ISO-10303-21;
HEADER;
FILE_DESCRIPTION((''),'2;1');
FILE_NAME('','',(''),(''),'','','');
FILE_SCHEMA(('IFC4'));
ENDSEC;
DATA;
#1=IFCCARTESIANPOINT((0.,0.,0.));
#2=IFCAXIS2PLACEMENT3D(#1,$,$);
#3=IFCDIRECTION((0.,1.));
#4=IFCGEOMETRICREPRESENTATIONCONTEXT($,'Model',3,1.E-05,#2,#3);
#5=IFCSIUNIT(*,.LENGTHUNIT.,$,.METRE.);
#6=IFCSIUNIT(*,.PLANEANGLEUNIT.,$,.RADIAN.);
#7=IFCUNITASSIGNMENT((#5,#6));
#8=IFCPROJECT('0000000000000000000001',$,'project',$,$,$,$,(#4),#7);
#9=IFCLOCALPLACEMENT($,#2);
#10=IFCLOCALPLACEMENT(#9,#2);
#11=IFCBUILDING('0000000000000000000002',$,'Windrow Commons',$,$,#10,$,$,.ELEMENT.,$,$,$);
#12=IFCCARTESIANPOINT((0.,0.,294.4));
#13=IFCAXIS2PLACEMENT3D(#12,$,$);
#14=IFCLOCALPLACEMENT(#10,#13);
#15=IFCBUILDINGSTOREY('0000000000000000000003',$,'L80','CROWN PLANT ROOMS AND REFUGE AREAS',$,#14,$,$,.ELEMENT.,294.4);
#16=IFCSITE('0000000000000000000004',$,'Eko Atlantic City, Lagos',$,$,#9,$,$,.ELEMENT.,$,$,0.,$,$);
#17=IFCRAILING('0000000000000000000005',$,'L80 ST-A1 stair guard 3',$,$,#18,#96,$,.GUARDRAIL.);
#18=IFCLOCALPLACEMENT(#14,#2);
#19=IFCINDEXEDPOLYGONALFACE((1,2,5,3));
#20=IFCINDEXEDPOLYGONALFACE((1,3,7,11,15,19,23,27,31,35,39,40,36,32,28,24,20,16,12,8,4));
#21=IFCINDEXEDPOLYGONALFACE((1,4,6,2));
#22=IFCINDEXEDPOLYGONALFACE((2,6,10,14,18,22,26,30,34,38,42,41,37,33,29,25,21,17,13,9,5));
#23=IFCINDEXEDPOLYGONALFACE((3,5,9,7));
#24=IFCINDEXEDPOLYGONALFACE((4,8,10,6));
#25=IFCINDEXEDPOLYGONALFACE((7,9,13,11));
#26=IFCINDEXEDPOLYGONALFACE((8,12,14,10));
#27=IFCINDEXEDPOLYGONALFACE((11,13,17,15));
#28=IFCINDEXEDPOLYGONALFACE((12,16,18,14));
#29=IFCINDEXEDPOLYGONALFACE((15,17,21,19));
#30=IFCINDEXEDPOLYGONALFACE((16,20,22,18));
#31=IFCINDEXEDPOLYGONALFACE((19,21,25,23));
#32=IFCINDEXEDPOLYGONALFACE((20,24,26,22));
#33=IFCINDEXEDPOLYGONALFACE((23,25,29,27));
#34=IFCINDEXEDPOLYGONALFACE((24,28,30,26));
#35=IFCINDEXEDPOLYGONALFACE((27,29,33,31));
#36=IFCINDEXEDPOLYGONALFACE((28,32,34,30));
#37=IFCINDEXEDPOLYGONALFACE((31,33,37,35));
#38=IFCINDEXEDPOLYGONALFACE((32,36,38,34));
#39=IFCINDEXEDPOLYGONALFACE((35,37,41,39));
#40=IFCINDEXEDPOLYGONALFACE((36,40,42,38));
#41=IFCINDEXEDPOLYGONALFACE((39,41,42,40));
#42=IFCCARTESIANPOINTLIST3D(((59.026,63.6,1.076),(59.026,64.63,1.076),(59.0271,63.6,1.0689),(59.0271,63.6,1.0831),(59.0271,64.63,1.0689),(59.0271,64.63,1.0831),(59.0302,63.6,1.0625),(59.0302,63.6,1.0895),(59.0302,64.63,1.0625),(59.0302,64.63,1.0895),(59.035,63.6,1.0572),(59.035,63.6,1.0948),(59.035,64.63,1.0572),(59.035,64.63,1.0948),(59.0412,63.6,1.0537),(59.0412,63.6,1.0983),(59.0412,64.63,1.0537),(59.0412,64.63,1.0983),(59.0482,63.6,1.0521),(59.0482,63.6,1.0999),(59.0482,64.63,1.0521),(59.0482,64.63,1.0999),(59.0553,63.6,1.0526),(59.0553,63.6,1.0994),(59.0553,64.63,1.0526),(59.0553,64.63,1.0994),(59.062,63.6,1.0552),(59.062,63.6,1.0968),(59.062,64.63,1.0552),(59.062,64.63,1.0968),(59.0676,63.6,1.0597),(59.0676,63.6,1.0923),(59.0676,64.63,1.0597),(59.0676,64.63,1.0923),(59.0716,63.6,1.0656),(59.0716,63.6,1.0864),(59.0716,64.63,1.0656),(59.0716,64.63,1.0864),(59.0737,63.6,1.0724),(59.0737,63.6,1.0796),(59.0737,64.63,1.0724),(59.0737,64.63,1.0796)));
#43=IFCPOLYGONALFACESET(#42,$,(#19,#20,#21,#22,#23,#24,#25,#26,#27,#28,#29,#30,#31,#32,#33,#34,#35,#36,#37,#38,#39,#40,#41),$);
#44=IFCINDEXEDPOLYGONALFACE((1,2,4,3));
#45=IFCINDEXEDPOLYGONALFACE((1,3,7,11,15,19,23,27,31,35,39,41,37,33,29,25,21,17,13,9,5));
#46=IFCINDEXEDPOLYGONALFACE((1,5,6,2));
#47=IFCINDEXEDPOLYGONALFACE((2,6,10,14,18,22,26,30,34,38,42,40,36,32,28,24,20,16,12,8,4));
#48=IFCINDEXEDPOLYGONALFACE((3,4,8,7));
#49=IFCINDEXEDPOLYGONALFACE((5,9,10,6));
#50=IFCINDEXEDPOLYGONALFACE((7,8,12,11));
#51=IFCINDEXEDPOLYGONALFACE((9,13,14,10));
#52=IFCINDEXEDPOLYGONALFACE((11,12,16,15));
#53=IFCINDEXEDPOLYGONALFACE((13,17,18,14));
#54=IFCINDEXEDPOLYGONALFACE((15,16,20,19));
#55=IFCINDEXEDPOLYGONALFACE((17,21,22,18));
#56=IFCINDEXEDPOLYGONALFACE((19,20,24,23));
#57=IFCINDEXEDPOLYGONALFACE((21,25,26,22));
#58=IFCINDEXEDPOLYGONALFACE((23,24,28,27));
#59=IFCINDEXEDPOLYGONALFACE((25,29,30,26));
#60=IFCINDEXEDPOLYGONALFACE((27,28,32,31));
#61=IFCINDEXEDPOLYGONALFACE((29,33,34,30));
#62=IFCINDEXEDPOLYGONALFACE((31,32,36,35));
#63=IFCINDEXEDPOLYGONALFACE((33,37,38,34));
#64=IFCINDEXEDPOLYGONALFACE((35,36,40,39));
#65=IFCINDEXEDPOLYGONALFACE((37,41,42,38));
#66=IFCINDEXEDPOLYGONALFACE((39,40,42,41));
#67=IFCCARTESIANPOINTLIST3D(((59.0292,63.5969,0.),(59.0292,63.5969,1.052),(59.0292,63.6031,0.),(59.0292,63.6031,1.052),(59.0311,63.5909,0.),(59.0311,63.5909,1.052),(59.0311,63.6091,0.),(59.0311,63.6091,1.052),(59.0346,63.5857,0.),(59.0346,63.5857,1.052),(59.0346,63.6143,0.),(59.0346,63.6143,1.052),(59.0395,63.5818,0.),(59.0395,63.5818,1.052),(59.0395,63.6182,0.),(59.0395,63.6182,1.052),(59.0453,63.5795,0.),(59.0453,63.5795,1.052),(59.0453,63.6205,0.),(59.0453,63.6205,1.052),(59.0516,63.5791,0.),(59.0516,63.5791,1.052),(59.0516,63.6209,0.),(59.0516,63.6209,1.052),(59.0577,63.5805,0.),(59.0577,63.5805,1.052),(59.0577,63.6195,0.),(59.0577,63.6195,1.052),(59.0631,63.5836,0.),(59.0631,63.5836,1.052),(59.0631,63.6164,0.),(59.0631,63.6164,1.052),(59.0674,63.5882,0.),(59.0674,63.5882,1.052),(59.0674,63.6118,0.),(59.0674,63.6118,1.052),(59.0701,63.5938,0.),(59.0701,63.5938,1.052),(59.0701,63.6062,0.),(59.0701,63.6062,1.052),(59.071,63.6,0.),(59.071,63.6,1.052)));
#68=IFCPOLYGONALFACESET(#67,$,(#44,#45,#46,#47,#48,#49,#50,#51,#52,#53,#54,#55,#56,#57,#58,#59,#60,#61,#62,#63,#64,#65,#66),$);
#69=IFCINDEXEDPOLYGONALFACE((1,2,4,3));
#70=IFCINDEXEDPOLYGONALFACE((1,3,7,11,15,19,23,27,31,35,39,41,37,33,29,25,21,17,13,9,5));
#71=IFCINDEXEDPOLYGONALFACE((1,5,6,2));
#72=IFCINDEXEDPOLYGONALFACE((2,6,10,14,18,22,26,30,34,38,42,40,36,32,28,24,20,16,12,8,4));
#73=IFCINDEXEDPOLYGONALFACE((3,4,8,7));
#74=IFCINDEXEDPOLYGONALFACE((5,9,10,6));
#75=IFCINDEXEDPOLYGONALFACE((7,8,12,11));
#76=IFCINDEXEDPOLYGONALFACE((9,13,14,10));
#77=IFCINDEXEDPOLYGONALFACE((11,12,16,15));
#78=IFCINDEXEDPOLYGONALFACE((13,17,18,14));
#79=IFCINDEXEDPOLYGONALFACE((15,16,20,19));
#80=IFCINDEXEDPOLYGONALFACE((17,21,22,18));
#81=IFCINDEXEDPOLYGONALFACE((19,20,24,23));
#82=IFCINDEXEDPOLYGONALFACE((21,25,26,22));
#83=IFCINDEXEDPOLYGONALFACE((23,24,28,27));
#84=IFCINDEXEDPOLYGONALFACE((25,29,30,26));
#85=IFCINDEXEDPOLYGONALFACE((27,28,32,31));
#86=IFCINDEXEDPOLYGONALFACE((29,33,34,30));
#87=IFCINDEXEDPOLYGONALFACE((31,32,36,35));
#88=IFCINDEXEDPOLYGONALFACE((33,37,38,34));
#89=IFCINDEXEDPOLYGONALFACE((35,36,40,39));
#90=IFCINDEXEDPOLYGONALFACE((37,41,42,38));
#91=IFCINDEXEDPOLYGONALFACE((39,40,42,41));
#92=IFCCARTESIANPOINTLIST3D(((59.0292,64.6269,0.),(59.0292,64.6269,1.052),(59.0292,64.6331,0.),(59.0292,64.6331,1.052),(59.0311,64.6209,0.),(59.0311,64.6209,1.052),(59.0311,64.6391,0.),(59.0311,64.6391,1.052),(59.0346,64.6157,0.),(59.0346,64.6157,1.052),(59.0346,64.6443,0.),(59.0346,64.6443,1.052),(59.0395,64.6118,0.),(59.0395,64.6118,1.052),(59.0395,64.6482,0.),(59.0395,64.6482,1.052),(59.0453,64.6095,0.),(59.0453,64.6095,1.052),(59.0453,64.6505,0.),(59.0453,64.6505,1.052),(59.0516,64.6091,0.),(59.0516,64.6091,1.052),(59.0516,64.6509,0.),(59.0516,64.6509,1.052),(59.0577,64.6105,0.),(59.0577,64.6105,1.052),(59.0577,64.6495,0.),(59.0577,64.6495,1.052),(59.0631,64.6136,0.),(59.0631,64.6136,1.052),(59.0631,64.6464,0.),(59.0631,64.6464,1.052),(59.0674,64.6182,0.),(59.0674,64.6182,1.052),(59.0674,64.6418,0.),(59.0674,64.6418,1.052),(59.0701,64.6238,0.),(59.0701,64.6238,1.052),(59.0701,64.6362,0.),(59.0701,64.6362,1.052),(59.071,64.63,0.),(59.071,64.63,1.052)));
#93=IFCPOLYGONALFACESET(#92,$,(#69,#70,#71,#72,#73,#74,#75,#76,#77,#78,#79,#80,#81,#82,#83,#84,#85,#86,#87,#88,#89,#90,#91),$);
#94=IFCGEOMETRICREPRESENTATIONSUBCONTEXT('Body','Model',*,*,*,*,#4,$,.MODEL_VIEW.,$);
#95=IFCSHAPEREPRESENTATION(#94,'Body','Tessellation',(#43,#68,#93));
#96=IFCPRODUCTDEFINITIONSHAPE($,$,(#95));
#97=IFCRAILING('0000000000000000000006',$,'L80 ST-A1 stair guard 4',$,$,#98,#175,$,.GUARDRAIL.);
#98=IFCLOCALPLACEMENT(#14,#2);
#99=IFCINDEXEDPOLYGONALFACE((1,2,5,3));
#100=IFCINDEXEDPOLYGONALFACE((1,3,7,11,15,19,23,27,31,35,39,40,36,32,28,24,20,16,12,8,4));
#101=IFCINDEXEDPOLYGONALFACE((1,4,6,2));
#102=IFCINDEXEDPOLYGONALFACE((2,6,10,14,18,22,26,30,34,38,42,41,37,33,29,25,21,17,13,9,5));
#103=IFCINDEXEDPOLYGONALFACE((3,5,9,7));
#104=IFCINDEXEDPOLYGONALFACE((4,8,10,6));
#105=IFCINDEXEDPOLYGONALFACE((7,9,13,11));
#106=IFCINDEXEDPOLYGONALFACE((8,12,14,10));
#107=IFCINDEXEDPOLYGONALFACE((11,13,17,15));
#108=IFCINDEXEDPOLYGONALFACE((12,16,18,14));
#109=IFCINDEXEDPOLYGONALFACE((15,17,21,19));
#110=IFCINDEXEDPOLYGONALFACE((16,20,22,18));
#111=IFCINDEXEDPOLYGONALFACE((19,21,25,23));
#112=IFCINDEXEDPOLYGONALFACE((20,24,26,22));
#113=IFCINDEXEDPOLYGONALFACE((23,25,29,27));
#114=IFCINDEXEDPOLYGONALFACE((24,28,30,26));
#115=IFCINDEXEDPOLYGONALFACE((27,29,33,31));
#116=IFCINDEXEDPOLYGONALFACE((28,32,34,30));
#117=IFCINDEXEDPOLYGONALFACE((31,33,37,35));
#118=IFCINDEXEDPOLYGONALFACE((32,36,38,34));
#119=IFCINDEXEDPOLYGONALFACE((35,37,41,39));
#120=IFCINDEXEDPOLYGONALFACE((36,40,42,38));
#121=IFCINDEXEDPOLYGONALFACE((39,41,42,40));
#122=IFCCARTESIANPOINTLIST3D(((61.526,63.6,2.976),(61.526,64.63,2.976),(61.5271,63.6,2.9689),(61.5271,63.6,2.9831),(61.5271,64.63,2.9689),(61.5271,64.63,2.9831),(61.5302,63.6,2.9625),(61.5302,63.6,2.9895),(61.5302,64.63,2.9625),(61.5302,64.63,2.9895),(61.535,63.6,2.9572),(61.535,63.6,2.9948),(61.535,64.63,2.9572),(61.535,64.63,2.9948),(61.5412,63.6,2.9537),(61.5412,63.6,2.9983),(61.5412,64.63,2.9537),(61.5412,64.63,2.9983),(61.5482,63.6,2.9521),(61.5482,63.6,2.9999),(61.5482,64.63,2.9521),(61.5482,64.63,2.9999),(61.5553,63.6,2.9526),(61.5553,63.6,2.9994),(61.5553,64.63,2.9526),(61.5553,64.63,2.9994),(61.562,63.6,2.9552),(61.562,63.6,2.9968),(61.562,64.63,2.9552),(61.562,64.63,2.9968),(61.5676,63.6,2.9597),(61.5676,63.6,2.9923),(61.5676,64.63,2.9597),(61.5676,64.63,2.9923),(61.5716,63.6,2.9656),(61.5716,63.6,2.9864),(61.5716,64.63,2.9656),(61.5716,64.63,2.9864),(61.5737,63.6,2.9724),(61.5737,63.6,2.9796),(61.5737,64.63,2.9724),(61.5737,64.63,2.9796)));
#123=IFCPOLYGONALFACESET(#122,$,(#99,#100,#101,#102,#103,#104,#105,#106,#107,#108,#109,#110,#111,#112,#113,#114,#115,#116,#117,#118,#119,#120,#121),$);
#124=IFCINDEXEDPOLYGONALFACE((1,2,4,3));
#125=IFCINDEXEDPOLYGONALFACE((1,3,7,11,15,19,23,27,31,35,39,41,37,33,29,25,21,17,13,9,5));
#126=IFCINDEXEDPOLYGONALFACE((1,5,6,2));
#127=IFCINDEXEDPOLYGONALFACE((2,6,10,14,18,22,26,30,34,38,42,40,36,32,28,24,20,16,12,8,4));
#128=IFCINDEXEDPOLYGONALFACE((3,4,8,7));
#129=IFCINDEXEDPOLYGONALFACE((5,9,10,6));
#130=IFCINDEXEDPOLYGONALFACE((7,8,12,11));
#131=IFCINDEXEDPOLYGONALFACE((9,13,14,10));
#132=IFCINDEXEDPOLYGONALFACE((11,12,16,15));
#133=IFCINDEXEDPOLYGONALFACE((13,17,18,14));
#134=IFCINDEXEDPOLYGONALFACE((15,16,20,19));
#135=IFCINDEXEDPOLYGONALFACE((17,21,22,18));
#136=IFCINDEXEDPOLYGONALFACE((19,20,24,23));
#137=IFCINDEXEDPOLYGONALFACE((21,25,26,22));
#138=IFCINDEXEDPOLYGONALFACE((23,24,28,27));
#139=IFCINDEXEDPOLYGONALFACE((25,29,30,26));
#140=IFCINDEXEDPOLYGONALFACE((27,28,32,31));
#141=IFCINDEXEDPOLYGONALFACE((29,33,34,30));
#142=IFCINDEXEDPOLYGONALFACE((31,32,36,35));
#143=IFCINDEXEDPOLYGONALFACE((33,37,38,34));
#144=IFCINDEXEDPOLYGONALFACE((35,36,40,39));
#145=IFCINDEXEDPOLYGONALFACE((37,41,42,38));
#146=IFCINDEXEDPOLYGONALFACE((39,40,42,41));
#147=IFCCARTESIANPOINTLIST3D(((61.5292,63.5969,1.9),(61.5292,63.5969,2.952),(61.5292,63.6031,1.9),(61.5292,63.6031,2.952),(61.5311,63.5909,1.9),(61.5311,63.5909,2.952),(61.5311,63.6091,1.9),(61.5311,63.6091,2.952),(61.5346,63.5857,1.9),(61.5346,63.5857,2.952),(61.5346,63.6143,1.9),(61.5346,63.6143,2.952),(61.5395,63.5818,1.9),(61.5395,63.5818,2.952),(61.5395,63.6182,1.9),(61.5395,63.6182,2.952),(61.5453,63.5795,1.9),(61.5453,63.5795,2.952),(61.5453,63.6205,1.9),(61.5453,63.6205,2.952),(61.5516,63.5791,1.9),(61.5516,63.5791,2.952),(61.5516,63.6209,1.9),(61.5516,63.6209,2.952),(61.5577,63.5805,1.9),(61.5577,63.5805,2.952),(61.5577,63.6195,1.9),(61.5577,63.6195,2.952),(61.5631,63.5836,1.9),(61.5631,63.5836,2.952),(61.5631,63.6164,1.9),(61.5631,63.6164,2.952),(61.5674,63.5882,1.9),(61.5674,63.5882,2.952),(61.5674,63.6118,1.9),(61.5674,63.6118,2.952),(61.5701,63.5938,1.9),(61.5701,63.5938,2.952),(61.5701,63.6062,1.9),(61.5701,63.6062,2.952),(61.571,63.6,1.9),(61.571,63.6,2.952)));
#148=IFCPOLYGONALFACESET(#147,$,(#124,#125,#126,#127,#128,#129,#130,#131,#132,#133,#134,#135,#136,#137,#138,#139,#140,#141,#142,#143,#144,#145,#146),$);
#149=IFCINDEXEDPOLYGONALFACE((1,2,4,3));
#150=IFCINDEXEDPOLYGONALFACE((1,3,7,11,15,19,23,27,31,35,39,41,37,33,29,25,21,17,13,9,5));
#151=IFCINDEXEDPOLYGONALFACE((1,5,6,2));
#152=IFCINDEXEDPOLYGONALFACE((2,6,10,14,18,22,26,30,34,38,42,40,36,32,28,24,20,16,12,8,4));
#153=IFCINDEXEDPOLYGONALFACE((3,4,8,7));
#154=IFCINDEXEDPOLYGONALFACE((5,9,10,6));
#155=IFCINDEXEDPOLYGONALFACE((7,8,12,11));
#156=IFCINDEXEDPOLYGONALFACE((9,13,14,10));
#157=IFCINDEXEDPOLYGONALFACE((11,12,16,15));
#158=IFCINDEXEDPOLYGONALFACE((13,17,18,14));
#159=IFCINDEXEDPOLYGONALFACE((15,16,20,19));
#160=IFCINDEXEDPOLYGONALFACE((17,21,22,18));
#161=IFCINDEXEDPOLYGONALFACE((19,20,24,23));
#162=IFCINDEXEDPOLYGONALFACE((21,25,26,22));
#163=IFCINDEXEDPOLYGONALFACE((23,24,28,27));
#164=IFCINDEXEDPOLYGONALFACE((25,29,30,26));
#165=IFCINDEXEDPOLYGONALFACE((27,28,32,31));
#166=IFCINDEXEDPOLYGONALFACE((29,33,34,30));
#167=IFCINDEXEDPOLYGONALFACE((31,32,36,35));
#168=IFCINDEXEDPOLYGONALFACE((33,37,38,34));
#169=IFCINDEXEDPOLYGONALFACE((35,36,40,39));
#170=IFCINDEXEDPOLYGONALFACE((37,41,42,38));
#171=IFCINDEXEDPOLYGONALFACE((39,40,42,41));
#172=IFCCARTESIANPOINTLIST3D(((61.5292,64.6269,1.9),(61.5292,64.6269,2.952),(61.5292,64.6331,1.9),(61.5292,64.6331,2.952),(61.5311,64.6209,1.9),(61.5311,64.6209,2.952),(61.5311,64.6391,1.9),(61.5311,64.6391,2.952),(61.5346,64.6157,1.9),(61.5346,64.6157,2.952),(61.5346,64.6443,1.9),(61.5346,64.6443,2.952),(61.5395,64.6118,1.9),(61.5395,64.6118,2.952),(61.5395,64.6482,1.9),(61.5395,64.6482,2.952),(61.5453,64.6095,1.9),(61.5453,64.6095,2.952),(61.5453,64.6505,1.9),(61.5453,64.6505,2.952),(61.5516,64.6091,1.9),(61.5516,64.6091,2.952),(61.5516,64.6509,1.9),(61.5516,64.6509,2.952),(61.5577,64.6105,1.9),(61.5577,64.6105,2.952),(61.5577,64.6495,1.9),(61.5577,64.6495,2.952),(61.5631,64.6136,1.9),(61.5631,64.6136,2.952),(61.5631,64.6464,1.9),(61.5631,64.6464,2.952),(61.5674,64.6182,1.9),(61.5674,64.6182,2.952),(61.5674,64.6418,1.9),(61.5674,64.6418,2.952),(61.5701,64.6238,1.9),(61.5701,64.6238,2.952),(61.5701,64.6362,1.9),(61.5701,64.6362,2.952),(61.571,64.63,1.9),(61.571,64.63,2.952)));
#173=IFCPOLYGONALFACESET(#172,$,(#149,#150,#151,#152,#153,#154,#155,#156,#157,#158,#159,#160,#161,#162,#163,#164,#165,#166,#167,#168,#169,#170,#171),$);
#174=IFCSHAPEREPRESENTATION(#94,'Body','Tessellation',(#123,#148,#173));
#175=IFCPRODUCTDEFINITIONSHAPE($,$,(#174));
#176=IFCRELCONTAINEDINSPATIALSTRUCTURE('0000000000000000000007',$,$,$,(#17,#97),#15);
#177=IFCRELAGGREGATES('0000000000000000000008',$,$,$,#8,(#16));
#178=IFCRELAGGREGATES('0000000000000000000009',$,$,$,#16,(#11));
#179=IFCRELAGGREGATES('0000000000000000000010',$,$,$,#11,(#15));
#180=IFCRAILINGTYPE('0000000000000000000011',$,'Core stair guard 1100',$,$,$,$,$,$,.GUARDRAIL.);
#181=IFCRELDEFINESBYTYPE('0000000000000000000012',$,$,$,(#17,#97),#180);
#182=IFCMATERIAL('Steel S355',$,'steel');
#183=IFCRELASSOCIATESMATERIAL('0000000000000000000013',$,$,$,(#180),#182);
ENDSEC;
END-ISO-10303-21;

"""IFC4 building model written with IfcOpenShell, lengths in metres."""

from ifc_helpers import new_model, si_unit, direction, frame, origin, origin_2d, place, context, subcontext, project, spatial, circle, extrude, material, type_object, element, save


model = new_model("IFC4")

# Units and contexts
model_context = context("Model", 3, precision=1e-05, world=origin(), true_north=direction((0.0, 1.0)))
body_context = subcontext(model_context, "Body", "Model", "MODEL_VIEW")
ifc_project = project(units=[si_unit("LENGTHUNIT", "METRE"), si_unit("PLANEANGLEUNIT", "RADIAN")], contexts=[model_context])

# Site, building, storey
site_placement = place(None, origin())
site = spatial("IfcSite", under=ifc_project, at=site_placement, Name="Eko Atlantic City, Lagos", CompositionType="ELEMENT", RefElevation=0.0)
building_placement = place(site_placement, origin())
building = spatial("IfcBuilding", under=site, at=building_placement, Name="Windrow Commons", CompositionType="ELEMENT")
storey_placement = place(building_placement, frame((0.0, 0.0, 294.4)))
storey = spatial("IfcBuildingStorey", under=building, at=storey_placement, Name="L80", Description="CROWN PLANT ROOMS AND REFUGE AREAS", CompositionType="ELEMENT", Elevation=294.4)

# Railings
ifc_material_1 = material(Name="Steel S355", Category="steel")
railing_type_1 = type_object("IfcRailingType", Name="Core stair guard 1100", PredefinedType="GUARDRAIL", material=ifc_material_1)
for number, where, name in (
    (1, (59.05, 63.6, 0.0), "L80 ST-A1 stair guard 3"),
    (2, (61.55, 63.6, 1.9), "L80 ST-A1 stair guard 4"),
):
    element("IfcRailing", number, at=place(storey_placement, frame(where)), inside=storey, type_object=railing_type_1, Name=name, PredefinedType="GUARDRAIL", context=body_context, shape_type="SweptSolid", body=[
        extrude(circle(Radius=0.024, at=origin_2d()), frame((0.0, 0.0, 1.076), z_axis=(0.0, 1.0, 0.0), x_axis=(-1.0, 0.0, 0.0)), (0.0, 0.0, 1.0), 1.03),
        extrude(circle(Radius=0.021, at=origin_2d()), origin(), (0.0, 0.0, 1.0), 1.052),
        extrude(circle(Radius=0.021, at=origin_2d()), frame((0.0, 1.03, 0.0)), (0.0, 0.0, 1.0), 1.052),
    ])

save(model, "model.ifc")
